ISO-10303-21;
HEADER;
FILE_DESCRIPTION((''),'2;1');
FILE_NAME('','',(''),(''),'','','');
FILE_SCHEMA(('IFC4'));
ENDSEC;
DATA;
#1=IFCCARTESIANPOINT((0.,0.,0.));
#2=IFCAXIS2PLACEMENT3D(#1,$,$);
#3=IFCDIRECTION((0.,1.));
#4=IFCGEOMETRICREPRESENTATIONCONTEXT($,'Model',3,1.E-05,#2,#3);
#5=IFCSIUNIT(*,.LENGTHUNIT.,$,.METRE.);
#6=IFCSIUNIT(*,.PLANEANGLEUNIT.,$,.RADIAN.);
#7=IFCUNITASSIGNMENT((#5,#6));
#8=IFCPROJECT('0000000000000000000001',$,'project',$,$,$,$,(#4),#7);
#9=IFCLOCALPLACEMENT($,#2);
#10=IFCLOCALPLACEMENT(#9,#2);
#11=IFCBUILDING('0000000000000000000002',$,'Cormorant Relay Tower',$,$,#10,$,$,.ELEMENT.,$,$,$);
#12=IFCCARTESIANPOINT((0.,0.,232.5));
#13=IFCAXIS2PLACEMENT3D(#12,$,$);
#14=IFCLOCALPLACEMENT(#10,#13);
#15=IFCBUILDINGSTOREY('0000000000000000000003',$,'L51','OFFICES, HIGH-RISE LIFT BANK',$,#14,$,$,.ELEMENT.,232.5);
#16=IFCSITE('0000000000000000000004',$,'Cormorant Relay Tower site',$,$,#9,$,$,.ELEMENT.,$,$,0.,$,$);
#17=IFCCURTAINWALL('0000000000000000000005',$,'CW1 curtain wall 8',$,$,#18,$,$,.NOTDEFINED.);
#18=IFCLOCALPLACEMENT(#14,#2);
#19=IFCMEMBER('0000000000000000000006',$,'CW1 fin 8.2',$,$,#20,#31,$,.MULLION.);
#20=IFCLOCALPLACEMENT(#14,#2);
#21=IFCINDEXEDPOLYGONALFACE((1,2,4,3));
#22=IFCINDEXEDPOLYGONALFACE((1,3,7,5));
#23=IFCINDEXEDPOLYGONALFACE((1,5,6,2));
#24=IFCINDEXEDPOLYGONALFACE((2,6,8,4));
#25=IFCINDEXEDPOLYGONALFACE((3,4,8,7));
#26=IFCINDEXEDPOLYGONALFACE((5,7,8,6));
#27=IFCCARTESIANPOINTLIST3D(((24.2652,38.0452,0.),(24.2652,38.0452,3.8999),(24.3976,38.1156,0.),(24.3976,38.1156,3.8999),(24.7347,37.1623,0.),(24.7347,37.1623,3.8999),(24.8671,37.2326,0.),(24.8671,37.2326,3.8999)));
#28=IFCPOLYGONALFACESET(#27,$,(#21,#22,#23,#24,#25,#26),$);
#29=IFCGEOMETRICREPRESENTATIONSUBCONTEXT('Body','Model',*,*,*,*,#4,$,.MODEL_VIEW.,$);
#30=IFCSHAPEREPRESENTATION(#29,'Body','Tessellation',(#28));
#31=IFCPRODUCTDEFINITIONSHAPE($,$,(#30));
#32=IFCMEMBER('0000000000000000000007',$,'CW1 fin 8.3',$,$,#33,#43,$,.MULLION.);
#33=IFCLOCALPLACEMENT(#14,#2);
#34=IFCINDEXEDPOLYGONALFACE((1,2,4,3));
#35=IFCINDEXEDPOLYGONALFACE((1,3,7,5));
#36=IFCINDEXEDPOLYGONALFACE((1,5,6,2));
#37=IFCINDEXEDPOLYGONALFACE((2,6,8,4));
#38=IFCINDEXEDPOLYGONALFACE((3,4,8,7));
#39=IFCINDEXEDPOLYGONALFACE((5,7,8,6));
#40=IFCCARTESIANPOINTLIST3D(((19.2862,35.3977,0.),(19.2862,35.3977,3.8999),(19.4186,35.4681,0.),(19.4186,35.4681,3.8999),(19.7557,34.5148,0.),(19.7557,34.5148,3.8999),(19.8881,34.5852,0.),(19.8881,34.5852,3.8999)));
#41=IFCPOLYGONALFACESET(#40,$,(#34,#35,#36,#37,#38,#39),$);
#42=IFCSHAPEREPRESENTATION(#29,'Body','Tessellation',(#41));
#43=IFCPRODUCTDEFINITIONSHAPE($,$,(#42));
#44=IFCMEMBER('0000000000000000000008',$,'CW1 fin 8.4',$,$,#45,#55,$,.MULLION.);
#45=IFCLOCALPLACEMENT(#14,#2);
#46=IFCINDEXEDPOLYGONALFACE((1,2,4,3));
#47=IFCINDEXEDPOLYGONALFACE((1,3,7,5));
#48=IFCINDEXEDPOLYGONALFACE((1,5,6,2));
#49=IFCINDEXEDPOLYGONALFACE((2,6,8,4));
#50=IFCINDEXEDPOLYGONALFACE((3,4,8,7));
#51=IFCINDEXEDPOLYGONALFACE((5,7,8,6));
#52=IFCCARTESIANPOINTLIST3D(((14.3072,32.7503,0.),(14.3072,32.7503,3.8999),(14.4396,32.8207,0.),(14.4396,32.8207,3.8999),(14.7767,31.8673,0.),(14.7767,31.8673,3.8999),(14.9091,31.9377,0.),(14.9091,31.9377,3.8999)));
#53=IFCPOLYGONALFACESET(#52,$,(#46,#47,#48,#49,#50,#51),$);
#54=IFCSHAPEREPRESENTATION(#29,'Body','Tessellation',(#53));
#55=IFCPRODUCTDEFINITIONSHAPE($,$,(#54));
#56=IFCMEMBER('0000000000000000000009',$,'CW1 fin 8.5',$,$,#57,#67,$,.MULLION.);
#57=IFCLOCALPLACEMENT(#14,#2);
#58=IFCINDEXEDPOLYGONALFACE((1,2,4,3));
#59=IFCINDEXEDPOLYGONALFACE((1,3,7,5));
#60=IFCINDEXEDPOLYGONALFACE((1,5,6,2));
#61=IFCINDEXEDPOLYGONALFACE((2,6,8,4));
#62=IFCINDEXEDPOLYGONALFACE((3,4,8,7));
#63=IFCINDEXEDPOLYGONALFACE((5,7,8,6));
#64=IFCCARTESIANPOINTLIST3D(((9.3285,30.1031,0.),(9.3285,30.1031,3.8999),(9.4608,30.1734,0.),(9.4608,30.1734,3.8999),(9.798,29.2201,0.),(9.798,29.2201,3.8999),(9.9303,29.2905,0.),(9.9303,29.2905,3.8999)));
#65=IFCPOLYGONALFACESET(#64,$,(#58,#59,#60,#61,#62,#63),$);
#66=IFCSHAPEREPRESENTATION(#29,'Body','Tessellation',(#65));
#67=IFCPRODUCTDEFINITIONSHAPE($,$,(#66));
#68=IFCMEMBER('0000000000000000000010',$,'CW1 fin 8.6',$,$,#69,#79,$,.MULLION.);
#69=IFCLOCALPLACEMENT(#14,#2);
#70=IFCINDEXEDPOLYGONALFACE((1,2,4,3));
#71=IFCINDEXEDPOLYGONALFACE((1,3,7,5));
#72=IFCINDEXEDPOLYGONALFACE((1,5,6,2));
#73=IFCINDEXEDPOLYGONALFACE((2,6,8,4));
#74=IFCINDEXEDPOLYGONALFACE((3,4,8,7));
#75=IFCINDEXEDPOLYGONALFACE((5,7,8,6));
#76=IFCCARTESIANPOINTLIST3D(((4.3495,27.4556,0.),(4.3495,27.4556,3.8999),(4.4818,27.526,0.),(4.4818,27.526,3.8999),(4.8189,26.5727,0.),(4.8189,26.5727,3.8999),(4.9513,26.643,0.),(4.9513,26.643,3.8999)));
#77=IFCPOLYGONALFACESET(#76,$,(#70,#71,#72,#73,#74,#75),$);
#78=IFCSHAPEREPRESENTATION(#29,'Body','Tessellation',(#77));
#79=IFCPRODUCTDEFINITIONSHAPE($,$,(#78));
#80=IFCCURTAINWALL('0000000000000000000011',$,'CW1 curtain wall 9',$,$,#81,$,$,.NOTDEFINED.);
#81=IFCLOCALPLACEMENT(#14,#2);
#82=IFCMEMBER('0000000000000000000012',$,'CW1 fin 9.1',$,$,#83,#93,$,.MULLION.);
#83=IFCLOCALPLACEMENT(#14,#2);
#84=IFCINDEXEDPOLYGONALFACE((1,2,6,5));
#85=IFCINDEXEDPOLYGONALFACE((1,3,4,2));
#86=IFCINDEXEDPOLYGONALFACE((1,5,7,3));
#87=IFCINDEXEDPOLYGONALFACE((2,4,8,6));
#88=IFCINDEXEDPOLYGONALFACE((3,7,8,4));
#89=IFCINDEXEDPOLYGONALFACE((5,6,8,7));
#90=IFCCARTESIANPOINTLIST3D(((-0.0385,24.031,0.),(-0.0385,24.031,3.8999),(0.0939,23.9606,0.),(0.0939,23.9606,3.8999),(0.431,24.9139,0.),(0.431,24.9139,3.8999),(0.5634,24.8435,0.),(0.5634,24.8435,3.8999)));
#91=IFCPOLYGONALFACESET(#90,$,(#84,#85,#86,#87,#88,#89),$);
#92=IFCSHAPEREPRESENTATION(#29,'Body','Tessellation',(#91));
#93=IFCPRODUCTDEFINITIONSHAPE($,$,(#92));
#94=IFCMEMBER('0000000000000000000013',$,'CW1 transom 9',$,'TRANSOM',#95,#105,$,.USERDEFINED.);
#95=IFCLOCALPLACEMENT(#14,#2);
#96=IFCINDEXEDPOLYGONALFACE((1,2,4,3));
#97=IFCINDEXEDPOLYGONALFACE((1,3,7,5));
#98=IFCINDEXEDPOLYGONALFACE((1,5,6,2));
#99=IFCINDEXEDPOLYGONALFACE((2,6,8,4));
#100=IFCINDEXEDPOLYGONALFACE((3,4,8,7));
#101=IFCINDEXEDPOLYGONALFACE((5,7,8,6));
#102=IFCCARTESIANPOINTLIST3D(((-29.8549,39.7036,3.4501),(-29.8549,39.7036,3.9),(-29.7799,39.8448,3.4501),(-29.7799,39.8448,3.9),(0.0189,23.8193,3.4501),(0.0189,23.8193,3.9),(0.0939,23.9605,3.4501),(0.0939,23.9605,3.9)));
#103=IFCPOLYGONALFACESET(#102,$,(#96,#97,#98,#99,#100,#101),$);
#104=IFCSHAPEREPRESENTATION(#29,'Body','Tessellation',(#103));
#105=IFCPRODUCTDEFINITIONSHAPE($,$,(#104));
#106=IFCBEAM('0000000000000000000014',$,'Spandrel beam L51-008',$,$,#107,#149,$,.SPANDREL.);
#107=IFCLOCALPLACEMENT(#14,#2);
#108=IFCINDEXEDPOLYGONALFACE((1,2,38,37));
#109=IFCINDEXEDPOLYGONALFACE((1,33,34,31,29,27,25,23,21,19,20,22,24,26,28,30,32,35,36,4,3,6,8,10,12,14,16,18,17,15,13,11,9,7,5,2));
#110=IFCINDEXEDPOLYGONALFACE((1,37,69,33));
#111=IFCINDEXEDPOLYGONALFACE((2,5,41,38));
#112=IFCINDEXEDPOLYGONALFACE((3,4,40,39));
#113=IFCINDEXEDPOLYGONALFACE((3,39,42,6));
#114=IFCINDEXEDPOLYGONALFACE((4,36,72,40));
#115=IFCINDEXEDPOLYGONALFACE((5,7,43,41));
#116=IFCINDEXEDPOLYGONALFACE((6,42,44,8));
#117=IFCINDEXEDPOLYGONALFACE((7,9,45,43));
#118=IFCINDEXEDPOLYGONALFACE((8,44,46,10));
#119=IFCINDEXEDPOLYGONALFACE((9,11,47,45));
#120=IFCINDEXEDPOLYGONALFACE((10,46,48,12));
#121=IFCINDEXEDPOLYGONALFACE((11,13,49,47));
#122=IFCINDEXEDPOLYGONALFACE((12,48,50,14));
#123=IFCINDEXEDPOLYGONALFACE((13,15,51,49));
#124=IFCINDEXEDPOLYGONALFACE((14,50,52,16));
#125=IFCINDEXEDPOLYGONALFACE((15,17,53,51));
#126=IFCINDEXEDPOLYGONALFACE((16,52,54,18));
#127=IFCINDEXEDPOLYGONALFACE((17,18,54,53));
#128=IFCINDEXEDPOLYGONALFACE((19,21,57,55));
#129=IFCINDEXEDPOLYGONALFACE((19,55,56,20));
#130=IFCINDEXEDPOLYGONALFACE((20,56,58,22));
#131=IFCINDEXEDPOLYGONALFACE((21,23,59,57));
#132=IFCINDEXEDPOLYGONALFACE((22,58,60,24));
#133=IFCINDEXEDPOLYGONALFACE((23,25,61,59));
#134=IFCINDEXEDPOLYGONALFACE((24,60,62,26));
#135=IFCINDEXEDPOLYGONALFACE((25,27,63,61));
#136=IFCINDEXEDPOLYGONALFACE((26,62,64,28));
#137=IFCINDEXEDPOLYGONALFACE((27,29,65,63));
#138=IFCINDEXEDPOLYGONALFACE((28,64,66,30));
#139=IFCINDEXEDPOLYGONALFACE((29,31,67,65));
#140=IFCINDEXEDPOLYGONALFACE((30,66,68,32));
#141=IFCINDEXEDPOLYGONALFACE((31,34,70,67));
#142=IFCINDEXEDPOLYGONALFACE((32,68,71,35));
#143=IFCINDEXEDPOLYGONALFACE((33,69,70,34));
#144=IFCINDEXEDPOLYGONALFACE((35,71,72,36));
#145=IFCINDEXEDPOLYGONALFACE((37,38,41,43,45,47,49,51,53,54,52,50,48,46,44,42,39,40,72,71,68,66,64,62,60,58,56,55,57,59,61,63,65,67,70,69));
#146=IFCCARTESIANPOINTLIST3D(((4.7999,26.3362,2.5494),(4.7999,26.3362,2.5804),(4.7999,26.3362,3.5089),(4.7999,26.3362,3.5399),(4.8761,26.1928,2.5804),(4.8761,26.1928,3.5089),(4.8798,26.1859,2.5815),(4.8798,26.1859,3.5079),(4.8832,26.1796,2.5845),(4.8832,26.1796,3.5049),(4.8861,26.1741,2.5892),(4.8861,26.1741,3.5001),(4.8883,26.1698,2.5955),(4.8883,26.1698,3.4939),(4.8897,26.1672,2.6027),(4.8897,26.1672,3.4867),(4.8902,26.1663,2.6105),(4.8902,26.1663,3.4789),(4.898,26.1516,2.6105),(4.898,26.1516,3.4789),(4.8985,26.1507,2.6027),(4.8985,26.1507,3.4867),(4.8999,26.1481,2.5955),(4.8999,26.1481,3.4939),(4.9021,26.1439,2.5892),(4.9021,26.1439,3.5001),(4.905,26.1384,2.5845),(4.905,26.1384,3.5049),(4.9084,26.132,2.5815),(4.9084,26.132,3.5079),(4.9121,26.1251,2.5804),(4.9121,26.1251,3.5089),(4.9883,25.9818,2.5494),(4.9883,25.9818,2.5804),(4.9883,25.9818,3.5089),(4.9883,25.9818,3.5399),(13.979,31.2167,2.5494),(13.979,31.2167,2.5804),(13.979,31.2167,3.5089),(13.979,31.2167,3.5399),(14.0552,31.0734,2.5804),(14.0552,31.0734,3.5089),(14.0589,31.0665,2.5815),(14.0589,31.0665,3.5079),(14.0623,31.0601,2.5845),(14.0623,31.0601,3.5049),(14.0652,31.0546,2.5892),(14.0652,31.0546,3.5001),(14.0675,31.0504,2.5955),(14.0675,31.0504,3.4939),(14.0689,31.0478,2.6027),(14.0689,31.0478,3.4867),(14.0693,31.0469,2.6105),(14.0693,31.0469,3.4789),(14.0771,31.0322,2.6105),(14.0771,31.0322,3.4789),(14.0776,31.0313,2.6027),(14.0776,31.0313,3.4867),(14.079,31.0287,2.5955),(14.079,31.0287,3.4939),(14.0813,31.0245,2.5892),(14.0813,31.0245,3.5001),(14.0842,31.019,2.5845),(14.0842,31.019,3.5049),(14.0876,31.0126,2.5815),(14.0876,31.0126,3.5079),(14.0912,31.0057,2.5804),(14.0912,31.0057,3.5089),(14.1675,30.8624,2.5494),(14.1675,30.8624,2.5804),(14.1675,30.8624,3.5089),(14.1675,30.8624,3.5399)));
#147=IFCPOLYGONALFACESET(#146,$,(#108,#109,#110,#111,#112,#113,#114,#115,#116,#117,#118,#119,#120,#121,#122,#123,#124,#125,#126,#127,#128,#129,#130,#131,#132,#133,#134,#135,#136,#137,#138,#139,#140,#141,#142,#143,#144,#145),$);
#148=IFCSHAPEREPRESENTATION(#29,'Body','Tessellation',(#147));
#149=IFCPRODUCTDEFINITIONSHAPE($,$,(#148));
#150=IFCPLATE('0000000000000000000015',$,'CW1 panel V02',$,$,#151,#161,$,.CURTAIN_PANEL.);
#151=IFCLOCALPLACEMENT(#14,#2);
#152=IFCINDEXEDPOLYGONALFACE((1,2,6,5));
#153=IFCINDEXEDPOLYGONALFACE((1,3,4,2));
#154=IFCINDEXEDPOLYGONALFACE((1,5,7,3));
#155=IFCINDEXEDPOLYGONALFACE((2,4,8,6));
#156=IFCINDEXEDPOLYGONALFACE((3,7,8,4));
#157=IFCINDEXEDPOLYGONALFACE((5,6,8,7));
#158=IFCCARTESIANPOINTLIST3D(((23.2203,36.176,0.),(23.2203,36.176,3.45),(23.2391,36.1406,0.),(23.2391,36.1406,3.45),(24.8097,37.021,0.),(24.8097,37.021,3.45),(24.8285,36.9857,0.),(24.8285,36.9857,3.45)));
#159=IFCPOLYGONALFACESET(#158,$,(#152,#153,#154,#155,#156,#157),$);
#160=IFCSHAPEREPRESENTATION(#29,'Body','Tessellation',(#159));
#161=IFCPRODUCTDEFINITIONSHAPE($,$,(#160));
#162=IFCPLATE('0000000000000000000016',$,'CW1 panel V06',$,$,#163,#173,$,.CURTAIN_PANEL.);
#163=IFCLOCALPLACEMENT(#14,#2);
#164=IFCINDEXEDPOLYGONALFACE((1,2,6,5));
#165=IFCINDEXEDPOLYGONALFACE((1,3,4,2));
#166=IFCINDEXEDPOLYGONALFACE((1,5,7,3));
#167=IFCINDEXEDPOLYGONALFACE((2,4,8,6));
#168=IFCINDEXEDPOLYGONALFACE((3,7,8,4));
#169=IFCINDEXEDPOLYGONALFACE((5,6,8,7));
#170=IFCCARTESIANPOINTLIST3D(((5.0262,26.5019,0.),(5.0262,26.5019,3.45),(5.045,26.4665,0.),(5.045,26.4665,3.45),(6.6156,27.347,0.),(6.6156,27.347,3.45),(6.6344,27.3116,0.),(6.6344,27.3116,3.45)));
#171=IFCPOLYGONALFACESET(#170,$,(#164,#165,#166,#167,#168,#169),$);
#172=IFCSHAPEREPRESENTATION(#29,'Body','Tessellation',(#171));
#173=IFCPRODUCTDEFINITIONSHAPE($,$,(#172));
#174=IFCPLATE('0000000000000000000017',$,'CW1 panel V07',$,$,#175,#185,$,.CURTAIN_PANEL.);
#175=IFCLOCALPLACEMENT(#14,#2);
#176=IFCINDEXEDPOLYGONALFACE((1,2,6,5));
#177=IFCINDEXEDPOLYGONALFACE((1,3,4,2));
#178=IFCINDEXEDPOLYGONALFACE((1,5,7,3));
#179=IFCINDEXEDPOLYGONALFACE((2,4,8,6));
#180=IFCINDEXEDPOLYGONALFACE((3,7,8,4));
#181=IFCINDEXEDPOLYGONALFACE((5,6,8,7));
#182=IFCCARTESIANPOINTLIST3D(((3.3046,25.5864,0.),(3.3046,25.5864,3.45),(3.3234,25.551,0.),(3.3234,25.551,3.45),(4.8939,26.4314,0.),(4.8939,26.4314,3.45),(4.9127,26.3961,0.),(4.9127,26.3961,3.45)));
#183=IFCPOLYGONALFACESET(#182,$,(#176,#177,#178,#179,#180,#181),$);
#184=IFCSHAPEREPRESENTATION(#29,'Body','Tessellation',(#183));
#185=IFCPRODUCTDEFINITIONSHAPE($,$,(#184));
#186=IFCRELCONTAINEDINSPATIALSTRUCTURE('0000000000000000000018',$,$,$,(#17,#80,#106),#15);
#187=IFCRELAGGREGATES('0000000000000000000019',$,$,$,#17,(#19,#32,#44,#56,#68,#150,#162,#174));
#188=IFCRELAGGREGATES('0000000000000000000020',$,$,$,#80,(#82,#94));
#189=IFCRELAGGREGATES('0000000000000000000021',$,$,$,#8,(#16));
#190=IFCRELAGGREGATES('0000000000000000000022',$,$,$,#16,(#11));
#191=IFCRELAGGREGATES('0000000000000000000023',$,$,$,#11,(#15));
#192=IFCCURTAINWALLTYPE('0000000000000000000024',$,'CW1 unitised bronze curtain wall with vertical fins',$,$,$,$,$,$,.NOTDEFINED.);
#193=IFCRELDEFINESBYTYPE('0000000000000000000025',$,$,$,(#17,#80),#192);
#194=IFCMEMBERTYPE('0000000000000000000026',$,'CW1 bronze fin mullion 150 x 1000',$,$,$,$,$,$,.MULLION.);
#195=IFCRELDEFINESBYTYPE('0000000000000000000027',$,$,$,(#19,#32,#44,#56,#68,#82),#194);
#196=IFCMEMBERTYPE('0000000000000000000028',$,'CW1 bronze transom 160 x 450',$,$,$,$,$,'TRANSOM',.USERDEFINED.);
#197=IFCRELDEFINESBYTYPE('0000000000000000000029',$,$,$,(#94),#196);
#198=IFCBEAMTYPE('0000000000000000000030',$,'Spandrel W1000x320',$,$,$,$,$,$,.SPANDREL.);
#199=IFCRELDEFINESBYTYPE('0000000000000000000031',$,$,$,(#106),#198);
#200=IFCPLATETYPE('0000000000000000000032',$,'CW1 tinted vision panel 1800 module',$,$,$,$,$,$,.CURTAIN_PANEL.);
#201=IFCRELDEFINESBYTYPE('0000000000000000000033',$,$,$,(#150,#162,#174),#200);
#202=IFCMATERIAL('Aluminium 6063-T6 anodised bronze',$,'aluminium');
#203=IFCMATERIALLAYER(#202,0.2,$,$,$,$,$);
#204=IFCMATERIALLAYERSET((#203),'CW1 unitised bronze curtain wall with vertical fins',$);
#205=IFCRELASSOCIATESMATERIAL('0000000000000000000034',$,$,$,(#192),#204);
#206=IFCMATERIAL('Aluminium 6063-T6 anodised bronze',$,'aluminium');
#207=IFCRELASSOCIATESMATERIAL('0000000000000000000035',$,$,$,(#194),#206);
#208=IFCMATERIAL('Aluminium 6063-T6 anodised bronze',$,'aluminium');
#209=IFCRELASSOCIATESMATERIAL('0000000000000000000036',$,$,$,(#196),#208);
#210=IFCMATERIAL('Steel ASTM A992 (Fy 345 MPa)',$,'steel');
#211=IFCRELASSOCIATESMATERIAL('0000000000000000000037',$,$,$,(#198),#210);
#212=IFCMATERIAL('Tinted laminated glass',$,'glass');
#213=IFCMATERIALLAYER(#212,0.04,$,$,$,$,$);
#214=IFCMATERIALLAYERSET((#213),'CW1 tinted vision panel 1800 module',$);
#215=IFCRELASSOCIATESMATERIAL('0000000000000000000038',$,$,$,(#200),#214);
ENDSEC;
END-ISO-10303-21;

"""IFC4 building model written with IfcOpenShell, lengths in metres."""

from ifc_helpers import new_model, si_unit, direction, frame, origin, origin_2d, place, context, subcontext, project, spatial, rectangle, i_section, extrude, material, layer, layer_set, material_profile, profile_set, type_object, element, aggregate, save


model = new_model("IFC4")

# Units and contexts
model_context = context("Model", 3, precision=1e-05, world=origin(), true_north=direction((0.0, 1.0)))
body_context = subcontext(model_context, "Body", "Model", "MODEL_VIEW")
ifc_project = project(units=[si_unit("LENGTHUNIT", "METRE"), si_unit("PLANEANGLEUNIT", "RADIAN")], contexts=[model_context])

# Site, building, storey
site_placement = place(None, origin())
site = spatial("IfcSite", under=ifc_project, at=site_placement, Name="Cormorant Relay Tower site", CompositionType="ELEMENT", RefElevation=0.0)
building_placement = place(site_placement, origin())
building = spatial("IfcBuilding", under=site, at=building_placement, Name="Cormorant Relay Tower", CompositionType="ELEMENT")
storey_placement = place(building_placement, frame((0.0, 0.0, 232.5)))
storey = spatial("IfcBuildingStorey", under=building, at=storey_placement, Name="L51", Description="OFFICES, HIGH-RISE LIFT BANK", CompositionType="ELEMENT", Elevation=232.5)

# Curtain walls, members
ifc_material_1 = material(Name="Aluminium 6063-T6 anodised bronze", Category="aluminium")
ifc_layer_1 = layer(ifc_material_1, 0.2)
ifc_layer_set_1 = layer_set([ifc_layer_1], Name="CW1 unitised bronze curtain wall with vertical fins")
curtain_wall_type = type_object("IfcCurtainWallType", Name="CW1 unitised bronze curtain wall with vertical fins", PredefinedType="NOTDEFINED", material=ifc_layer_set_1)
curtain_wall_1_placement = place(storey_placement, origin())
curtain_wall_1 = element("IfcCurtainWall", 1, at=curtain_wall_1_placement, inside=storey, type_object=curtain_wall_type, Name="CW1 curtain wall 8", PredefinedType="NOTDEFINED")
ifc_material_2 = material(Name="Aluminium 6063-T6 anodised bronze", Category="aluminium")
ifc_material_profile_1 = material_profile(ifc_material_2, rectangle(XDim=0.1499, YDim=1.0, at=origin_2d()), Name="AL 150x1000")
ifc_profile_set_1 = profile_set([ifc_material_profile_1], Name="Aluminium 6063-T6 anodised bronze")
member_type_1 = type_object("IfcMemberType", Name="CW1 bronze fin mullion 150 x 1000", PredefinedType="MULLION", material=ifc_profile_set_1)
member_1_placement = place(storey_placement, frame((24.5662, 37.6389, 0.0), z_axis=(0.0, 0.0, 1.0), x_axis=(-0.882948, -0.469472, 0.0)))
member_1 = element("IfcMember", 2, at=member_1_placement, type_object=member_type_1, Name="CW1 fin 8.2", PredefinedType="MULLION", context=body_context, shape_type="SweptSolid", body=[
    extrude(rectangle(XDim=0.1499, YDim=1.0, at=origin_2d()), origin(), (0.0, 0.0, 1.0), 3.8999),
])
member_2_placement = place(storey_placement, frame((19.5872, 34.9915, 0.0), z_axis=(0.0, 0.0, 1.0), x_axis=(-0.882948, -0.469472, 0.0)))
member_2 = element("IfcMember", 3, at=member_2_placement, type_object=member_type_1, Name="CW1 fin 8.3", PredefinedType="MULLION", context=body_context, shape_type="SweptSolid", body=[
    extrude(rectangle(XDim=0.1499, YDim=1.0, at=origin_2d()), origin(), (0.0, 0.0, 1.0), 3.8999),
])
member_3_placement = place(storey_placement, frame((14.6082, 32.344, 0.0), z_axis=(0.0, 0.0, 1.0), x_axis=(-0.882948, -0.469472, 0.0)))
member_3 = element("IfcMember", 4, at=member_3_placement, type_object=member_type_1, Name="CW1 fin 8.4", PredefinedType="MULLION", context=body_context, shape_type="SweptSolid", body=[
    extrude(rectangle(XDim=0.1499, YDim=1.0, at=origin_2d()), origin(), (0.0, 0.0, 1.0), 3.8999),
])
member_4_placement = place(storey_placement, frame((9.6294, 29.6968, 0.0), z_axis=(0.0, 0.0, 1.0), x_axis=(-0.882948, -0.469472, 0.0)))
member_4 = element("IfcMember", 5, at=member_4_placement, type_object=member_type_1, Name="CW1 fin 8.5", PredefinedType="MULLION", context=body_context, shape_type="SweptSolid", body=[
    extrude(rectangle(XDim=0.1499, YDim=1.0, at=origin_2d()), origin(), (0.0, 0.0, 1.0), 3.8999),
])
member_5_placement = place(storey_placement, frame((4.6504, 27.0493, 0.0), z_axis=(0.0, 0.0, 1.0), x_axis=(-0.882948, -0.469472, 0.0)))
member_5 = element("IfcMember", 6, at=member_5_placement, type_object=member_type_1, Name="CW1 fin 8.6", PredefinedType="MULLION", context=body_context, shape_type="SweptSolid", body=[
    extrude(rectangle(XDim=0.1499, YDim=1.0, at=origin_2d()), origin(), (0.0, 0.0, 1.0), 3.8999),
])
curtain_wall_2_placement = place(storey_placement, origin())
curtain_wall_2 = element("IfcCurtainWall", 7, at=curtain_wall_2_placement, inside=storey, type_object=curtain_wall_type, Name="CW1 curtain wall 9", PredefinedType="NOTDEFINED")
member_6_placement = place(storey_placement, frame((0.2625, 24.4373, 0.0), z_axis=(0.0, 0.0, 1.0), x_axis=(-0.882948, 0.469472, 0.0)))
member_6 = element("IfcMember", 8, at=member_6_placement, type_object=member_type_1, Name="CW1 fin 9.1", PredefinedType="MULLION", context=body_context, shape_type="SweptSolid", body=[
    extrude(rectangle(XDim=0.1499, YDim=1.0, at=origin_2d()), origin(), (0.0, 0.0, 1.0), 3.8999),
])
ifc_material_3 = material(Name="Aluminium 6063-T6 anodised bronze", Category="aluminium")
ifc_material_profile_2 = material_profile(ifc_material_3, rectangle(XDim=0.1599, YDim=0.45, at=origin_2d()), Name="AL 160x450")
ifc_profile_set_2 = profile_set([ifc_material_profile_2], Name="Aluminium 6063-T6 anodised bronze")
member_type_2 = type_object("IfcMemberType", Name="CW1 bronze transom 160 x 450", ElementType="TRANSOM", PredefinedType="USERDEFINED", material=ifc_profile_set_2)
member_7_placement = place(storey_placement, frame((0.0564, 23.8899, 3.675), z_axis=(-0.882946, 0.469474, 0.0), x_axis=(-0.469474, -0.882946, 0.0)))
member_7 = element("IfcMember", 9, at=member_7_placement, type_object=member_type_2, Name="CW1 transom 9", ObjectType="TRANSOM", PredefinedType="USERDEFINED", context=body_context, shape_type="SweptSolid", body=[
    extrude(rectangle(XDim=0.1599, YDim=0.45, at=origin_2d()), origin(), (0.0, 0.0, 1.0), 33.8342),
])

# Beam
ifc_material_4 = material(Name="Steel ASTM A992 (Fy 345 MPa)", Category="steel")
ifc_material_profile_3 = material_profile(ifc_material_4, i_section(OverallWidth=0.4014, OverallDepth=0.9905, WebThickness=0.0166, FlangeThickness=0.031, FilletRadius=0.03, at=origin_2d()), Name="W1000x320")
ifc_profile_set_3 = profile_set([ifc_material_profile_3], Name="Steel ASTM A992 (Fy 345 MPa)")
beam_type = type_object("IfcBeamType", Name="Spandrel W1000x320", PredefinedType="SPANDREL", material=ifc_profile_set_3)
beam_placement = place(storey_placement, frame((14.0732, 31.0396, 3.0447), z_axis=(-0.88295, -0.469468, 0.0), x_axis=(0.469468, -0.88295, 0.0)))
element("IfcBeam", 10, at=beam_placement, inside=storey, type_object=beam_type, Name="Spandrel beam L51-008", PredefinedType="SPANDREL", context=body_context, shape_type="SweptSolid", body=[
    extrude(i_section(OverallWidth=0.4014, OverallDepth=0.9905, WebThickness=0.0166, FlangeThickness=0.031, FilletRadius=0.03, at=origin_2d()), origin(), (0.0, 0.0, 1.0), 10.396),
])

# Plates
ifc_material_5 = material(Name="Tinted laminated glass", Category="glass")
ifc_layer_2 = layer(ifc_material_5, 0.04)
ifc_layer_set_2 = layer_set([ifc_layer_2], Name="CW1 tinted vision panel 1800 module")
plate_type_1 = type_object("IfcPlateType", Name="CW1 tinted vision panel 1800 module", PredefinedType="CURTAIN_PANEL", material=ifc_layer_set_2)
plate_1_placement = place(storey_placement, frame((24.0244, 36.5808, 0.0), z_axis=(0.0, 0.0, 1.0), x_axis=(-0.882948, -0.469472, 0.0)))
plate_1 = element("IfcPlate", 11, at=plate_1_placement, type_object=plate_type_1, Name="CW1 panel V02", PredefinedType="CURTAIN_PANEL", context=body_context, shape_type="SweptSolid", body=[
    extrude(rectangle(XDim=1.8, YDim=0.04, at=origin_2d()), origin(), (0.0, 0.0, 1.0), 3.45),
])
plate_2_placement = place(storey_placement, frame((5.8303, 26.9067, 0.0), z_axis=(0.0, 0.0, 1.0), x_axis=(-0.882948, -0.469472, 0.0)))
plate_2 = element("IfcPlate", 12, at=plate_2_placement, type_object=plate_type_1, Name="CW1 panel V06", PredefinedType="CURTAIN_PANEL", context=body_context, shape_type="SweptSolid", body=[
    extrude(rectangle(XDim=1.8, YDim=0.04, at=origin_2d()), origin(), (0.0, 0.0, 1.0), 3.45),
])
plate_3_placement = place(storey_placement, frame((4.1086, 25.9912, 0.0), z_axis=(0.0, 0.0, 1.0), x_axis=(-0.882948, -0.469472, 0.0)))
plate_3 = element("IfcPlate", 13, at=plate_3_placement, type_object=plate_type_1, Name="CW1 panel V07", PredefinedType="CURTAIN_PANEL", context=body_context, shape_type="SweptSolid", body=[
    extrude(rectangle(XDim=1.8, YDim=0.04, at=origin_2d()), origin(), (0.0, 0.0, 1.0), 3.45),
])

aggregate(curtain_wall_1, [member_1, member_2, member_3, member_4, member_5, plate_1, plate_2, plate_3])
aggregate(curtain_wall_2, [member_6, member_7])

save(model, "model.ifc")
